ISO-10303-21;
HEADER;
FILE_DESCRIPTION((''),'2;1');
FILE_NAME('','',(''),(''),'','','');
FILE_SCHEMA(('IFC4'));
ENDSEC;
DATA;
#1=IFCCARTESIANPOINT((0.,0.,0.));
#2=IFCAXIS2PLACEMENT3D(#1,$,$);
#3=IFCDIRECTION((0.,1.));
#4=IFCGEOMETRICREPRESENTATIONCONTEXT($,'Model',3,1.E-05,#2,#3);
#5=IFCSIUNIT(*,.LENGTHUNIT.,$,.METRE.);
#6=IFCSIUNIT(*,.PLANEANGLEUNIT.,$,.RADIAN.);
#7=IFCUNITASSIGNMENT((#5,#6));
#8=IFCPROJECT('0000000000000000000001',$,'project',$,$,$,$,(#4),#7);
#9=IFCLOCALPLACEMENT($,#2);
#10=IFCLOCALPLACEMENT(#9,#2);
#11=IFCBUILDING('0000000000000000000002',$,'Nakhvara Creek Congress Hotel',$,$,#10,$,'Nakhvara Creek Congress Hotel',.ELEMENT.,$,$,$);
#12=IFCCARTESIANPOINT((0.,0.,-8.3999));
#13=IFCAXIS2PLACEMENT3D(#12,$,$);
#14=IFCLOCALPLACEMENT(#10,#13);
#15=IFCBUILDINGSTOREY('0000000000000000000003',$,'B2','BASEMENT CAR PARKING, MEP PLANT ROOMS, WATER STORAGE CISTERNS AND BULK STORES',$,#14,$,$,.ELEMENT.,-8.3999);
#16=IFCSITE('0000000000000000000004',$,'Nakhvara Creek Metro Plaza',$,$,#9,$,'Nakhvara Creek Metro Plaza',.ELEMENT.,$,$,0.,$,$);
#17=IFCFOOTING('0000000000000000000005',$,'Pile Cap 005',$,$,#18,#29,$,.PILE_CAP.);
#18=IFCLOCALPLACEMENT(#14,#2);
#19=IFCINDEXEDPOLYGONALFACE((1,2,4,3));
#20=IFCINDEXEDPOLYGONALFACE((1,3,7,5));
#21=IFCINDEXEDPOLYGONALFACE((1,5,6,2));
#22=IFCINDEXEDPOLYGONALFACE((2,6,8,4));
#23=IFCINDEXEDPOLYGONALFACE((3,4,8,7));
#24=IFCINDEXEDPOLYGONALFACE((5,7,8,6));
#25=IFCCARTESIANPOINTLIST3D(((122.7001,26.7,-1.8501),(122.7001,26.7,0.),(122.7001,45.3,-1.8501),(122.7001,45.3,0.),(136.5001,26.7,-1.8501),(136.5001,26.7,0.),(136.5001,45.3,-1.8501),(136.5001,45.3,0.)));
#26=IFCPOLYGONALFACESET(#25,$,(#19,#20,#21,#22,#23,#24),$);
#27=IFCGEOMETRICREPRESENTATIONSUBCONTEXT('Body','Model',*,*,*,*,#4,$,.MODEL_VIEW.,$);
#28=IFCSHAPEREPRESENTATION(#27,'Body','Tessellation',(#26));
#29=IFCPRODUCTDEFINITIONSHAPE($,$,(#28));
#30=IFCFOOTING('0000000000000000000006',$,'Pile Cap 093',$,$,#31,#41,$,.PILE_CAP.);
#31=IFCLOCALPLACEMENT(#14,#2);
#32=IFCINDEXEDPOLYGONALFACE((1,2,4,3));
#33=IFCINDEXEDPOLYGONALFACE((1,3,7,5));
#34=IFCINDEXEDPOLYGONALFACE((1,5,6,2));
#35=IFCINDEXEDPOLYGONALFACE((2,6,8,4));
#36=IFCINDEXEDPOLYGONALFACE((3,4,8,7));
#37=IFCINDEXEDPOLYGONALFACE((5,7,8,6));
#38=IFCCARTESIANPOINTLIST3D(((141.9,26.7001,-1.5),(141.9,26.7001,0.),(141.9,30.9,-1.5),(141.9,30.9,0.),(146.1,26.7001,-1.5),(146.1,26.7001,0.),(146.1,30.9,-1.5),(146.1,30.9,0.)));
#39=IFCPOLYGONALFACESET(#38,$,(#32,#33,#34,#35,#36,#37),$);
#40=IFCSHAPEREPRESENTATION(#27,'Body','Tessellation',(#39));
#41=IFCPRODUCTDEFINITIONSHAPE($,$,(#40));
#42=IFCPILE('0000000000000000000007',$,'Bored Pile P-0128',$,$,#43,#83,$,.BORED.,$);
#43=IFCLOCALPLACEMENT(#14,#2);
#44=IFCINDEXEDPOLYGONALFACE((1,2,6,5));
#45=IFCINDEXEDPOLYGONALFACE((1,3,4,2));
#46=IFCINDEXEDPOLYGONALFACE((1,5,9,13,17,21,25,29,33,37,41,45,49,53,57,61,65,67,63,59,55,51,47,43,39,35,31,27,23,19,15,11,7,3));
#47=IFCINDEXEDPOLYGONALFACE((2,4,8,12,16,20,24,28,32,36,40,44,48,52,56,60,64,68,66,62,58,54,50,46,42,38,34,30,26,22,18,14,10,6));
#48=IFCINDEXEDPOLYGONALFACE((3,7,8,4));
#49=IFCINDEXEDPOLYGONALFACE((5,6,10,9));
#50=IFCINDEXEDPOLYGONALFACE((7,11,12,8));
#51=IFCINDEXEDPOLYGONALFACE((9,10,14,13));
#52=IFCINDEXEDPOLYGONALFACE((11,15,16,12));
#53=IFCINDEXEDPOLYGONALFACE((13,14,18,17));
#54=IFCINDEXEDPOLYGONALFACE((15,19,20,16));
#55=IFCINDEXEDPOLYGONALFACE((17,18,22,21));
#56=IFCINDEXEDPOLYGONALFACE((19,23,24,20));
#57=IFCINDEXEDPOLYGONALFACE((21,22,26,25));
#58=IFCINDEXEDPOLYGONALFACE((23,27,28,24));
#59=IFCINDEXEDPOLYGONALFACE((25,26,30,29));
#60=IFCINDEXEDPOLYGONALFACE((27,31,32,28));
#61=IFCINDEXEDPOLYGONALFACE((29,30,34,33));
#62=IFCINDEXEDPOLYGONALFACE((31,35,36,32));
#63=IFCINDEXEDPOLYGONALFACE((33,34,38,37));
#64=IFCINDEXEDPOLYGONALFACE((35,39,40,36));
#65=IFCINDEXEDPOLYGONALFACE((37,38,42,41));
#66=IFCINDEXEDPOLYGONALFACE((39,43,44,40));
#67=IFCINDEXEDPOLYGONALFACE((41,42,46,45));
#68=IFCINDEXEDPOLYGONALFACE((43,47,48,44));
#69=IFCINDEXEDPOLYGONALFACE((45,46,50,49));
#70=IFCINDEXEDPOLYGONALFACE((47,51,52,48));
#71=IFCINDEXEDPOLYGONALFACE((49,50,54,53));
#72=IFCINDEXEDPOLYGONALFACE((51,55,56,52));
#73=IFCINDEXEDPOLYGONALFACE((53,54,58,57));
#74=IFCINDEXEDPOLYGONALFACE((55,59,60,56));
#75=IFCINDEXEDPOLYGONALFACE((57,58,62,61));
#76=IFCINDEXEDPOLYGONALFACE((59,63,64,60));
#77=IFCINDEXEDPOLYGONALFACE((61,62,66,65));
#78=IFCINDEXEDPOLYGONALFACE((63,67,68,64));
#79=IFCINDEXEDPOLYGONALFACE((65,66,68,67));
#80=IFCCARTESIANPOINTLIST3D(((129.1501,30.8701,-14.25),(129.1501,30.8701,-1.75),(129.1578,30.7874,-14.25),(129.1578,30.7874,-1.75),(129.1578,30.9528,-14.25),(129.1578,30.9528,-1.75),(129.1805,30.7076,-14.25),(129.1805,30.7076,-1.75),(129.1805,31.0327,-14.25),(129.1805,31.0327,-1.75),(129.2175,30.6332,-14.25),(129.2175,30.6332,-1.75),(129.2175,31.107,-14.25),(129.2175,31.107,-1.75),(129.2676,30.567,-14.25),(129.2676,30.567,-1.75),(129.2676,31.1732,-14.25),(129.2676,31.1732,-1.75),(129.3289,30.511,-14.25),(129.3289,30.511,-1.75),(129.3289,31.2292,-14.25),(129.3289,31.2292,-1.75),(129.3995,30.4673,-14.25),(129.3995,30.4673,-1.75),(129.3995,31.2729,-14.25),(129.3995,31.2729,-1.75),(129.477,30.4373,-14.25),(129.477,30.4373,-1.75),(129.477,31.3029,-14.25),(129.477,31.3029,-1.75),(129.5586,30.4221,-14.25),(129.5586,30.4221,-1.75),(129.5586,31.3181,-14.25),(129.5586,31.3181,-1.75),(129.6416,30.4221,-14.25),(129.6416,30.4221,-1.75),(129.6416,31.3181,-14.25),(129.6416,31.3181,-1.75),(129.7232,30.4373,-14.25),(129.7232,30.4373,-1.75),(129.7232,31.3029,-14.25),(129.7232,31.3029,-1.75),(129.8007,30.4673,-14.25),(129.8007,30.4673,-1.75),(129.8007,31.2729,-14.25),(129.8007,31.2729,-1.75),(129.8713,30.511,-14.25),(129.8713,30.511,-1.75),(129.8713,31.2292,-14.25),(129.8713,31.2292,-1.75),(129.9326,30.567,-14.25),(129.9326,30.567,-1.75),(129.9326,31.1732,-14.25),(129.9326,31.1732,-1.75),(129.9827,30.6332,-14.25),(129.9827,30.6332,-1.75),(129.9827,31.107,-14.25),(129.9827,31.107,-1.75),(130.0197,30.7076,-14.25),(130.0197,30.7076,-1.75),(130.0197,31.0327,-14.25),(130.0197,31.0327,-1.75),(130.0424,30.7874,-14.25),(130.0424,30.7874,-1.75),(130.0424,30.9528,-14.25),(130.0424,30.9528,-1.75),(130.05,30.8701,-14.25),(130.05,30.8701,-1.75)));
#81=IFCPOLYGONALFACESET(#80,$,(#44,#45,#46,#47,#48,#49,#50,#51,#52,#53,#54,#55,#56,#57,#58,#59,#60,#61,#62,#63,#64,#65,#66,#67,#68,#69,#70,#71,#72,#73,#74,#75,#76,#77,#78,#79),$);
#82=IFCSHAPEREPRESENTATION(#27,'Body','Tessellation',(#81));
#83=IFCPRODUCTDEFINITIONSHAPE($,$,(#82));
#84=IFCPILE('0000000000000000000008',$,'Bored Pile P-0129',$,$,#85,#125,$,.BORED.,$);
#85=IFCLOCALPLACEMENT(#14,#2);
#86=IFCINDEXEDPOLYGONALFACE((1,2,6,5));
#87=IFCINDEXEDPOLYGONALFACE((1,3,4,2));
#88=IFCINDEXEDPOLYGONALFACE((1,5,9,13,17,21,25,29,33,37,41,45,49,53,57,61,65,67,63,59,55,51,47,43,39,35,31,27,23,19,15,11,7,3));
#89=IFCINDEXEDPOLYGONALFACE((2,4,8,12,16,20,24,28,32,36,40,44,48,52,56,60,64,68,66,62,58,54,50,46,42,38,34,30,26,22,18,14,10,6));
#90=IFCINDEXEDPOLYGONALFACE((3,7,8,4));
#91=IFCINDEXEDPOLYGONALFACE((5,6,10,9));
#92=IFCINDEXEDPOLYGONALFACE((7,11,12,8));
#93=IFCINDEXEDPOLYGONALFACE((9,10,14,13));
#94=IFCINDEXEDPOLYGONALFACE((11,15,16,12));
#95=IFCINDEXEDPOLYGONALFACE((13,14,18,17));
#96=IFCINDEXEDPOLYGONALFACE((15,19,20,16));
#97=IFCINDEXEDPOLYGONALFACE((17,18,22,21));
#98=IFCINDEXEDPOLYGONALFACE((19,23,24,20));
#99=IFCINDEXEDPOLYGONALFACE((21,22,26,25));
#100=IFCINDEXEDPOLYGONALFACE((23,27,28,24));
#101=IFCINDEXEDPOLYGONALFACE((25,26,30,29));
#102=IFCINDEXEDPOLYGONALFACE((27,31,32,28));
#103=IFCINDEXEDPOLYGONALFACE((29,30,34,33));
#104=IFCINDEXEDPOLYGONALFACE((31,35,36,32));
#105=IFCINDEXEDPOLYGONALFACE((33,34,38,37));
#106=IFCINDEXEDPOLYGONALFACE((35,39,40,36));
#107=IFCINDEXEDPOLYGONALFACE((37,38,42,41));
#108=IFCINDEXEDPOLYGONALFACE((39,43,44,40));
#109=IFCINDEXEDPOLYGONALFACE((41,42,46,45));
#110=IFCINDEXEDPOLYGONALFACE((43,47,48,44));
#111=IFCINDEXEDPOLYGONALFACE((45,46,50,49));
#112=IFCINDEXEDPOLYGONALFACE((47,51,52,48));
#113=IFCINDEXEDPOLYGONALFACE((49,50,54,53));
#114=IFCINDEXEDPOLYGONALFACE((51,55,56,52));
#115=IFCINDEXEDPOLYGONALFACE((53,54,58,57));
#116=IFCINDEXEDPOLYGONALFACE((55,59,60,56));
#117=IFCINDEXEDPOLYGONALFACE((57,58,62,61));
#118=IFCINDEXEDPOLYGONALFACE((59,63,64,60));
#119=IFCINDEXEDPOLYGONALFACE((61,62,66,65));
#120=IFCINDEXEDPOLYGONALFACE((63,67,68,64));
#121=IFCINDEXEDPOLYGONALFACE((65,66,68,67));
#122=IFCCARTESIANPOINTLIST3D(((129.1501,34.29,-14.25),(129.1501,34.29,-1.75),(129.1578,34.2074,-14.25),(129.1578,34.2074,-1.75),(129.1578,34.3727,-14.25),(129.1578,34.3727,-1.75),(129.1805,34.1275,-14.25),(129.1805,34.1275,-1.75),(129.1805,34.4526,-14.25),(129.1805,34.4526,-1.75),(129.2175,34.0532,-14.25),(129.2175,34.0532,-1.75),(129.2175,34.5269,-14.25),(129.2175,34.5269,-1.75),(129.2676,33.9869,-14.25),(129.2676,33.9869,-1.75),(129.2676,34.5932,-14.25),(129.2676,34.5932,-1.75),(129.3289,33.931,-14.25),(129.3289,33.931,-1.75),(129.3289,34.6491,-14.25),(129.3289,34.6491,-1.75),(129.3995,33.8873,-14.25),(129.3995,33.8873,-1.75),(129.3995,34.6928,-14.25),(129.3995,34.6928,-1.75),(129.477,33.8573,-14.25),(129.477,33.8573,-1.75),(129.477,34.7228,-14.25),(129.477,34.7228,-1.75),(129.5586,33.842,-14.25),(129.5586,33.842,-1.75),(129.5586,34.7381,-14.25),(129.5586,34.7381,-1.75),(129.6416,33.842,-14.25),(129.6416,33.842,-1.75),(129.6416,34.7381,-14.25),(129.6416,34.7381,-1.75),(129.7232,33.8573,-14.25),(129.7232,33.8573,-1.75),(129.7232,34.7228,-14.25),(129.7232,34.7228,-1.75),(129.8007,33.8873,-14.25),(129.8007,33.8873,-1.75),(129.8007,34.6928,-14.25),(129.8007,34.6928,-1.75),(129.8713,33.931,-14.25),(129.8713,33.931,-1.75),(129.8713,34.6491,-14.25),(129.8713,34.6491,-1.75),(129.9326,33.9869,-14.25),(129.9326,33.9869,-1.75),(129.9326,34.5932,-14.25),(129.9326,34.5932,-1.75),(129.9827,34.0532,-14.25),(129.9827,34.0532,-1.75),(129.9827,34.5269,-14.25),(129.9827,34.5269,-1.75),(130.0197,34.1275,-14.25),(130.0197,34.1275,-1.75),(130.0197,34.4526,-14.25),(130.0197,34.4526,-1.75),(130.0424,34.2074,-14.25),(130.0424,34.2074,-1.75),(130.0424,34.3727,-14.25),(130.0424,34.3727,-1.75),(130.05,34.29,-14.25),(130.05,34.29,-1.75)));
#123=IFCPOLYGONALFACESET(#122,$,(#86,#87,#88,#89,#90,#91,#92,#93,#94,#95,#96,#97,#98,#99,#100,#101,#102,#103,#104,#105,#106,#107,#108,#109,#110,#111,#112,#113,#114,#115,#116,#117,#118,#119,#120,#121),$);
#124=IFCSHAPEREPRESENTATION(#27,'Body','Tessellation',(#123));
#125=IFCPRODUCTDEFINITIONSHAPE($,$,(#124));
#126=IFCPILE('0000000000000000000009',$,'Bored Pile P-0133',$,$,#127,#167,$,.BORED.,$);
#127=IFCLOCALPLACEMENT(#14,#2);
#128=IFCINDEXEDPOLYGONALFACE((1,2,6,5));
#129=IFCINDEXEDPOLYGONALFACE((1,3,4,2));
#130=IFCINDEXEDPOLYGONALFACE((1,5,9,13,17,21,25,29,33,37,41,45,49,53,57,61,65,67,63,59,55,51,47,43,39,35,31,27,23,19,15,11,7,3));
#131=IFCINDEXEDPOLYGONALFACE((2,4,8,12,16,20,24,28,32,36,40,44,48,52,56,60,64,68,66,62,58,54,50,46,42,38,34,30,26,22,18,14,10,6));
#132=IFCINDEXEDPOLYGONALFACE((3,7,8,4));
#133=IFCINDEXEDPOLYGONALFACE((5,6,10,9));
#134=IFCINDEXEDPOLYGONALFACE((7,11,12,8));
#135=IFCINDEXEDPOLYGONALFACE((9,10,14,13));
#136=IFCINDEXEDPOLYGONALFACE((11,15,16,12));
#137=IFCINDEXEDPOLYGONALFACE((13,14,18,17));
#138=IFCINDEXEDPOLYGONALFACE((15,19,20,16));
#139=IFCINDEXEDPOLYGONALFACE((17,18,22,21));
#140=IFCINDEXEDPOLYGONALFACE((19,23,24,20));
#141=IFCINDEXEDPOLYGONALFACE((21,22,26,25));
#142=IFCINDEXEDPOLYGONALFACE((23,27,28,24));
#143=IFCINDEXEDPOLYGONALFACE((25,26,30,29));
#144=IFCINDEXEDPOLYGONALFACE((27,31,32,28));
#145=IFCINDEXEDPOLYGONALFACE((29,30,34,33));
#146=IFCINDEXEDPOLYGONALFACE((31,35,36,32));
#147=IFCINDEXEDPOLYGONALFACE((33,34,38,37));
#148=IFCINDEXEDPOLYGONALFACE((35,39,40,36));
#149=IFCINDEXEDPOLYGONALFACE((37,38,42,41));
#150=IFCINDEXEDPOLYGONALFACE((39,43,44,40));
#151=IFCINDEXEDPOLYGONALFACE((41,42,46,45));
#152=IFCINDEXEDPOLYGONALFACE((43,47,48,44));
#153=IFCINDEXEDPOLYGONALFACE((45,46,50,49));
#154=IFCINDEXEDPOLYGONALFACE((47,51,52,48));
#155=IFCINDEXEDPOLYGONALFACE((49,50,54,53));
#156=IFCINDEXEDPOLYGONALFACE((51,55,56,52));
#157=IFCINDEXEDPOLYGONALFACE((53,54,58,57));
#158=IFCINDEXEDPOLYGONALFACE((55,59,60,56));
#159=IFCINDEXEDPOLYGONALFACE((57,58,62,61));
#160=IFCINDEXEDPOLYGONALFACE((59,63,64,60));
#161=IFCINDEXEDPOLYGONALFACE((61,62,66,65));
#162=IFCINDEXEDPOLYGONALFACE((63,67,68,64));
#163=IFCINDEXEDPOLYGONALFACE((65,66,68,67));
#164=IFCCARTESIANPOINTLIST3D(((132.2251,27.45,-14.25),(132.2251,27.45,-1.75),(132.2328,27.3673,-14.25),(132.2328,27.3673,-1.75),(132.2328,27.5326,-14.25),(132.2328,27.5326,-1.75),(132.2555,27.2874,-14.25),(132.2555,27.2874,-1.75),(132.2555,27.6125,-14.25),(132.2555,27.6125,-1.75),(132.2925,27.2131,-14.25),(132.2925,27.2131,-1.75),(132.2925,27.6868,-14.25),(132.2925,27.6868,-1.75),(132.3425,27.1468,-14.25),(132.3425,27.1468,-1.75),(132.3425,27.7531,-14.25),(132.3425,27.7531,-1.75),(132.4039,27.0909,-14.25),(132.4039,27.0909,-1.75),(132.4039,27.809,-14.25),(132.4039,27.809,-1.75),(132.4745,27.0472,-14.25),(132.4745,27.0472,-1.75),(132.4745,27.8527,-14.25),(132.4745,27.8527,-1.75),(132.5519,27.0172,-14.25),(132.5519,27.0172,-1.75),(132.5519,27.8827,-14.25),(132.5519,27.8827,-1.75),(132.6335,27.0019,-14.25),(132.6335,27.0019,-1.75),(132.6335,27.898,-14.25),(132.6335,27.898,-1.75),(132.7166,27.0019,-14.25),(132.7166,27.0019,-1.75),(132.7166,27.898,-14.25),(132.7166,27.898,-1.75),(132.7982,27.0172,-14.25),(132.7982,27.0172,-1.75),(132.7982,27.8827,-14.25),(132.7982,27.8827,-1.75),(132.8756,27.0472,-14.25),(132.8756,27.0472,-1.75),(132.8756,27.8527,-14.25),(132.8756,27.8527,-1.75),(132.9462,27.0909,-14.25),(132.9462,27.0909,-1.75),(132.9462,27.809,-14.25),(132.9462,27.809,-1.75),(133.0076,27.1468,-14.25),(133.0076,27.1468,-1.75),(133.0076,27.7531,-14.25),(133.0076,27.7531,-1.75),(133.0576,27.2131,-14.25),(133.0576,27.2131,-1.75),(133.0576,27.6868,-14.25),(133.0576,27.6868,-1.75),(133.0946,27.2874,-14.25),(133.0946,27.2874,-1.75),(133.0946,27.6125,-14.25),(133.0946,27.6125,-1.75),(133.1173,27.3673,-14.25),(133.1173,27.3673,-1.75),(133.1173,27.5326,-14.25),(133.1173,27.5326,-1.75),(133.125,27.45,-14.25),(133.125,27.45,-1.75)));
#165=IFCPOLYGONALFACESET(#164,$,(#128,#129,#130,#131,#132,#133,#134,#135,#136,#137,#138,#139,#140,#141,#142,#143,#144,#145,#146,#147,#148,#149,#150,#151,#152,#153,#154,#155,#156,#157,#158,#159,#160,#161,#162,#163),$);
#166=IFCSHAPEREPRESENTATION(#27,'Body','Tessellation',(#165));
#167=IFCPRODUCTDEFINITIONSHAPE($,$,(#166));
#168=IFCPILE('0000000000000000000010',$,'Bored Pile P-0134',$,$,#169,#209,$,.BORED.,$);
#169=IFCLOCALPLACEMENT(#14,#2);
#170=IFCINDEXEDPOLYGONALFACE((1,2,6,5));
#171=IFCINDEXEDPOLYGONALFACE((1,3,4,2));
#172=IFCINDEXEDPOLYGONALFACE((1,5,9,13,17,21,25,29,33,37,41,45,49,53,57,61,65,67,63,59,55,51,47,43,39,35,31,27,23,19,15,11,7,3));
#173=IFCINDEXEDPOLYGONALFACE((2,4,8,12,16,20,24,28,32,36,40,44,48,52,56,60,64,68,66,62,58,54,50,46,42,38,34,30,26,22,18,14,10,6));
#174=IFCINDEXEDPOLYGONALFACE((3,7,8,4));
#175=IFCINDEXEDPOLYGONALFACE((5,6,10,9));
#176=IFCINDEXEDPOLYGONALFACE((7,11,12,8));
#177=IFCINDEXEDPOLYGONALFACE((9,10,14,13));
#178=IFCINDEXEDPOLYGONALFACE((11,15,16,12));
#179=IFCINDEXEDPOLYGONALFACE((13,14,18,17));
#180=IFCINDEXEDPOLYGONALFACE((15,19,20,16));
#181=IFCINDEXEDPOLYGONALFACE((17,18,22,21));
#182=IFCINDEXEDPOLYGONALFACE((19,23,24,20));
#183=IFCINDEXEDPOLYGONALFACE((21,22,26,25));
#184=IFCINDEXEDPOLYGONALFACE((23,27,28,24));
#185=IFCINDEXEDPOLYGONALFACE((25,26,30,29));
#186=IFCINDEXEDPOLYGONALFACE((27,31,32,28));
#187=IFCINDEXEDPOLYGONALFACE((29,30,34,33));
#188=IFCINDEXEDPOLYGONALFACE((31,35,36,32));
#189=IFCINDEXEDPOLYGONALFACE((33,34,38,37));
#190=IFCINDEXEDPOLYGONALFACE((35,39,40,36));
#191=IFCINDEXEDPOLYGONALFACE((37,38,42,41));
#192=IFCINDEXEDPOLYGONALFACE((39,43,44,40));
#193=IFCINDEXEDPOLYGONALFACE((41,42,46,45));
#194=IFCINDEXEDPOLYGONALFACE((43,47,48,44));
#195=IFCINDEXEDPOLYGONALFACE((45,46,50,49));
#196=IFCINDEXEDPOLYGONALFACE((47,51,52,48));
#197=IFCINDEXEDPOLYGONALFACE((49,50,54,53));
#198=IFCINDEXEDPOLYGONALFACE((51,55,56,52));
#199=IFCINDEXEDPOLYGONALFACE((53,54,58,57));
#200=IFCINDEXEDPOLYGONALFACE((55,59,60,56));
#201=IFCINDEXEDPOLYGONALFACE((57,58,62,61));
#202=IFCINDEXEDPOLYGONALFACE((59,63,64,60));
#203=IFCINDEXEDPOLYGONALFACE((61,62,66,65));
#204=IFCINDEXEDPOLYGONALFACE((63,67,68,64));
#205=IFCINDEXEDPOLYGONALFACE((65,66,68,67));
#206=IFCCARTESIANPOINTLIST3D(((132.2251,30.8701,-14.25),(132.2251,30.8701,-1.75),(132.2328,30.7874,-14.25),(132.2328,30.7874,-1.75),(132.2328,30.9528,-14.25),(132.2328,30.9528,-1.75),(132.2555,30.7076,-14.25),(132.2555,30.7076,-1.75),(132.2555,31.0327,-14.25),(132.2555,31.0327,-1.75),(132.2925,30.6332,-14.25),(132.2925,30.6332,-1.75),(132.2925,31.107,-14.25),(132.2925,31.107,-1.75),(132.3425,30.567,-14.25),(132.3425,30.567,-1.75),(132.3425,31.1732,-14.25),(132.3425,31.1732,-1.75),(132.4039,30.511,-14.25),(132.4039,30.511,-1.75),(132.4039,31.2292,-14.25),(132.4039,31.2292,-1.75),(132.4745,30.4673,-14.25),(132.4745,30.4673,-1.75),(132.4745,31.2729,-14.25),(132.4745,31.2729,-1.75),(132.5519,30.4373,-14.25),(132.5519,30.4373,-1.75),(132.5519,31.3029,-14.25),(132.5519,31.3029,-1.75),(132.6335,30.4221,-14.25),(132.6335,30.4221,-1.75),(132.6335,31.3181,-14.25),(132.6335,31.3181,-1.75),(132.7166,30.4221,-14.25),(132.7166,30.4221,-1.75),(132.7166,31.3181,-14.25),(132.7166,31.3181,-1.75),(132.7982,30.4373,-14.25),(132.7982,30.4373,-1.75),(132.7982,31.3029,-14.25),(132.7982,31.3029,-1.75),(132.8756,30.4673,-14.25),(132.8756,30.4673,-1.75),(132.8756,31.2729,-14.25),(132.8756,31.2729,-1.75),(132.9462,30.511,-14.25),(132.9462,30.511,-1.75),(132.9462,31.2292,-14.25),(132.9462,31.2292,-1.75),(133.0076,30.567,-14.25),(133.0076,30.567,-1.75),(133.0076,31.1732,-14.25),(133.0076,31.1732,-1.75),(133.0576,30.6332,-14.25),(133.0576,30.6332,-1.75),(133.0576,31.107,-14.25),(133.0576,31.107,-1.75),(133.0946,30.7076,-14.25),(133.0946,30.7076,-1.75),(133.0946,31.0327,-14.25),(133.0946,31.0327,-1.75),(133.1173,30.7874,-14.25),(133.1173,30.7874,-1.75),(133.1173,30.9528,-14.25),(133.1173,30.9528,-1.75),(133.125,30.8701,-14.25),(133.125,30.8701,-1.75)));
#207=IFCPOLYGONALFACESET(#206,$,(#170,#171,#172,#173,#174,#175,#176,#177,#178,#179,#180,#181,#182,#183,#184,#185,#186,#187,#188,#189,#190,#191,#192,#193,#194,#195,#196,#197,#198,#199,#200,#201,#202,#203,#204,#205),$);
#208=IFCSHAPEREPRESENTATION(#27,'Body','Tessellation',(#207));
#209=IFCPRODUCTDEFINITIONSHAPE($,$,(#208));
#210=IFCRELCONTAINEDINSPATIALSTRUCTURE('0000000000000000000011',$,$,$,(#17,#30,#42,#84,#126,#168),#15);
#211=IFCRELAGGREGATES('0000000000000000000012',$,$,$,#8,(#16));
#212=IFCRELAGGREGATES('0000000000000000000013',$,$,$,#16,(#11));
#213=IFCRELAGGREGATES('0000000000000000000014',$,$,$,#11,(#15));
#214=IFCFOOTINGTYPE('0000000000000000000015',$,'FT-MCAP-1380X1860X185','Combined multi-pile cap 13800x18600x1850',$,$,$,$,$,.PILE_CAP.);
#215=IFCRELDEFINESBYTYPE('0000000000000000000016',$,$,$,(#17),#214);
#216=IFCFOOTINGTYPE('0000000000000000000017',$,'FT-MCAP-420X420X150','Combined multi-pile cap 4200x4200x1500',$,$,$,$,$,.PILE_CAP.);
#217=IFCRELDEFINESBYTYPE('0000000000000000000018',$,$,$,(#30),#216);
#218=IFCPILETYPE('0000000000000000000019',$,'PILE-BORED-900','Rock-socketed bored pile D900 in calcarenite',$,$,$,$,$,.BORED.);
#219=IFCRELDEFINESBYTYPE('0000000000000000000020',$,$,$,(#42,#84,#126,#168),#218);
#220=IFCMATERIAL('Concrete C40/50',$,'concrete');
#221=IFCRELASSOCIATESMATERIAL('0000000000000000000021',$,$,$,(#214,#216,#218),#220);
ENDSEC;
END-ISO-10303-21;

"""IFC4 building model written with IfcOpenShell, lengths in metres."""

from ifc_helpers import new_model, si_unit, direction, frame, origin, origin_2d, place, context, subcontext, project, spatial, rectangle, circle, extrude, material, material_profile, profile_set, type_object, element, save


model = new_model("IFC4")

# Units and contexts
model_context = context("Model", 3, precision=1e-05, world=origin(), true_north=direction((0.0, 1.0)))
body_context = subcontext(model_context, "Body", "Model", "MODEL_VIEW")
ifc_project = project(units=[si_unit("LENGTHUNIT", "METRE"), si_unit("PLANEANGLEUNIT", "RADIAN")], contexts=[model_context])

# Site, building, storey
site_placement = place(None, origin())
site = spatial("IfcSite", under=ifc_project, at=site_placement, Name="Nakhvara Creek Metro Plaza", LongName="Nakhvara Creek Metro Plaza", CompositionType="ELEMENT", RefElevation=0.0)
building_placement = place(site_placement, origin())
building = spatial("IfcBuilding", under=site, at=building_placement, Name="Nakhvara Creek Congress Hotel", LongName="Nakhvara Creek Congress Hotel", CompositionType="ELEMENT")
storey_placement = place(building_placement, frame((0.0, 0.0, -8.3999)))
storey = spatial("IfcBuildingStorey", under=building, at=storey_placement, Name="B2", Description="BASEMENT CAR PARKING, MEP PLANT ROOMS, WATER STORAGE CISTERNS AND BULK STORES", CompositionType="ELEMENT", Elevation=-8.3999)

# Footings
ifc_material_1 = material(Name="Concrete C40/50", Category="concrete")
footing_type_1 = type_object("IfcFootingType", Name="FT-MCAP-1380X1860X185", Description="Combined multi-pile cap 13800x18600x1850", PredefinedType="PILE_CAP", material=ifc_material_1)
footing_1_placement = place(storey_placement, frame((129.6001, 36.0, -1.8501), z_axis=(0.0, 0.0, 1.0), x_axis=(1.0, 0.0, 0.0)))
element("IfcFooting", 1, at=footing_1_placement, inside=storey, type_object=footing_type_1, Name="Pile Cap 005", PredefinedType="PILE_CAP", context=body_context, shape_type="SweptSolid", body=[
    extrude(rectangle(XDim=13.8, YDim=18.6001, at=origin_2d()), origin(), (0.0, 0.0, 1.0), 1.8501),
])
footing_type_2 = type_object("IfcFootingType", Name="FT-MCAP-420X420X150", Description="Combined multi-pile cap 4200x4200x1500", PredefinedType="PILE_CAP", material=ifc_material_1)
footing_2_placement = place(storey_placement, frame((144.0, 28.8, -1.5), z_axis=(0.0, 0.0, 1.0), x_axis=(1.0, 0.0, 0.0)))
element("IfcFooting", 2, at=footing_2_placement, inside=storey, type_object=footing_type_2, Name="Pile Cap 093", PredefinedType="PILE_CAP", context=body_context, shape_type="SweptSolid", body=[
    extrude(rectangle(XDim=4.2, YDim=4.2, at=origin_2d()), origin(), (0.0, 0.0, 1.0), 1.5),
])

# Piles
ifc_material_profile_1 = material_profile(ifc_material_1, circle(Radius=0.45, at=origin_2d()), Name="BORED PILE D900", Category="LoadBearing")
ifc_profile_set_1 = profile_set([ifc_material_profile_1], Name="Concrete C40/50")
pile_type = type_object("IfcPileType", Name="PILE-BORED-900", Description="Rock-socketed bored pile D900 in calcarenite", PredefinedType="BORED", material=ifc_profile_set_1)
for number, where, z_axis, x_axis, name in (
    (3, (129.6001, 30.8701, -1.75), (0.0, 0.0, -1.0), (1.0, 0.0, 0.0), "Bored Pile P-0128"),
    (4, (129.6001, 34.29, -1.75), (0.0, 0.0, -1.0), (1.0, 0.0, 0.0), "Bored Pile P-0129"),
    (5, (132.675, 27.45, -1.75), (0.0, 0.0, -1.0), (1.0, 0.0, 0.0), "Bored Pile P-0133"),
    (6, (132.675, 30.8701, -1.75), (0.0, 0.0, -1.0), (1.0, 0.0, 0.0), "Bored Pile P-0134"),
):
    element("IfcPile", number, at=place(storey_placement, frame(where, z_axis=z_axis, x_axis=x_axis)), inside=storey, type_object=pile_type, Name=name, PredefinedType="BORED", context=body_context, shape_type="SweptSolid", body=[
        extrude(circle(Radius=0.45, at=origin_2d()), origin(), (0.0, 0.0, 1.0), 12.5),
    ])

save(model, "model.ifc")
